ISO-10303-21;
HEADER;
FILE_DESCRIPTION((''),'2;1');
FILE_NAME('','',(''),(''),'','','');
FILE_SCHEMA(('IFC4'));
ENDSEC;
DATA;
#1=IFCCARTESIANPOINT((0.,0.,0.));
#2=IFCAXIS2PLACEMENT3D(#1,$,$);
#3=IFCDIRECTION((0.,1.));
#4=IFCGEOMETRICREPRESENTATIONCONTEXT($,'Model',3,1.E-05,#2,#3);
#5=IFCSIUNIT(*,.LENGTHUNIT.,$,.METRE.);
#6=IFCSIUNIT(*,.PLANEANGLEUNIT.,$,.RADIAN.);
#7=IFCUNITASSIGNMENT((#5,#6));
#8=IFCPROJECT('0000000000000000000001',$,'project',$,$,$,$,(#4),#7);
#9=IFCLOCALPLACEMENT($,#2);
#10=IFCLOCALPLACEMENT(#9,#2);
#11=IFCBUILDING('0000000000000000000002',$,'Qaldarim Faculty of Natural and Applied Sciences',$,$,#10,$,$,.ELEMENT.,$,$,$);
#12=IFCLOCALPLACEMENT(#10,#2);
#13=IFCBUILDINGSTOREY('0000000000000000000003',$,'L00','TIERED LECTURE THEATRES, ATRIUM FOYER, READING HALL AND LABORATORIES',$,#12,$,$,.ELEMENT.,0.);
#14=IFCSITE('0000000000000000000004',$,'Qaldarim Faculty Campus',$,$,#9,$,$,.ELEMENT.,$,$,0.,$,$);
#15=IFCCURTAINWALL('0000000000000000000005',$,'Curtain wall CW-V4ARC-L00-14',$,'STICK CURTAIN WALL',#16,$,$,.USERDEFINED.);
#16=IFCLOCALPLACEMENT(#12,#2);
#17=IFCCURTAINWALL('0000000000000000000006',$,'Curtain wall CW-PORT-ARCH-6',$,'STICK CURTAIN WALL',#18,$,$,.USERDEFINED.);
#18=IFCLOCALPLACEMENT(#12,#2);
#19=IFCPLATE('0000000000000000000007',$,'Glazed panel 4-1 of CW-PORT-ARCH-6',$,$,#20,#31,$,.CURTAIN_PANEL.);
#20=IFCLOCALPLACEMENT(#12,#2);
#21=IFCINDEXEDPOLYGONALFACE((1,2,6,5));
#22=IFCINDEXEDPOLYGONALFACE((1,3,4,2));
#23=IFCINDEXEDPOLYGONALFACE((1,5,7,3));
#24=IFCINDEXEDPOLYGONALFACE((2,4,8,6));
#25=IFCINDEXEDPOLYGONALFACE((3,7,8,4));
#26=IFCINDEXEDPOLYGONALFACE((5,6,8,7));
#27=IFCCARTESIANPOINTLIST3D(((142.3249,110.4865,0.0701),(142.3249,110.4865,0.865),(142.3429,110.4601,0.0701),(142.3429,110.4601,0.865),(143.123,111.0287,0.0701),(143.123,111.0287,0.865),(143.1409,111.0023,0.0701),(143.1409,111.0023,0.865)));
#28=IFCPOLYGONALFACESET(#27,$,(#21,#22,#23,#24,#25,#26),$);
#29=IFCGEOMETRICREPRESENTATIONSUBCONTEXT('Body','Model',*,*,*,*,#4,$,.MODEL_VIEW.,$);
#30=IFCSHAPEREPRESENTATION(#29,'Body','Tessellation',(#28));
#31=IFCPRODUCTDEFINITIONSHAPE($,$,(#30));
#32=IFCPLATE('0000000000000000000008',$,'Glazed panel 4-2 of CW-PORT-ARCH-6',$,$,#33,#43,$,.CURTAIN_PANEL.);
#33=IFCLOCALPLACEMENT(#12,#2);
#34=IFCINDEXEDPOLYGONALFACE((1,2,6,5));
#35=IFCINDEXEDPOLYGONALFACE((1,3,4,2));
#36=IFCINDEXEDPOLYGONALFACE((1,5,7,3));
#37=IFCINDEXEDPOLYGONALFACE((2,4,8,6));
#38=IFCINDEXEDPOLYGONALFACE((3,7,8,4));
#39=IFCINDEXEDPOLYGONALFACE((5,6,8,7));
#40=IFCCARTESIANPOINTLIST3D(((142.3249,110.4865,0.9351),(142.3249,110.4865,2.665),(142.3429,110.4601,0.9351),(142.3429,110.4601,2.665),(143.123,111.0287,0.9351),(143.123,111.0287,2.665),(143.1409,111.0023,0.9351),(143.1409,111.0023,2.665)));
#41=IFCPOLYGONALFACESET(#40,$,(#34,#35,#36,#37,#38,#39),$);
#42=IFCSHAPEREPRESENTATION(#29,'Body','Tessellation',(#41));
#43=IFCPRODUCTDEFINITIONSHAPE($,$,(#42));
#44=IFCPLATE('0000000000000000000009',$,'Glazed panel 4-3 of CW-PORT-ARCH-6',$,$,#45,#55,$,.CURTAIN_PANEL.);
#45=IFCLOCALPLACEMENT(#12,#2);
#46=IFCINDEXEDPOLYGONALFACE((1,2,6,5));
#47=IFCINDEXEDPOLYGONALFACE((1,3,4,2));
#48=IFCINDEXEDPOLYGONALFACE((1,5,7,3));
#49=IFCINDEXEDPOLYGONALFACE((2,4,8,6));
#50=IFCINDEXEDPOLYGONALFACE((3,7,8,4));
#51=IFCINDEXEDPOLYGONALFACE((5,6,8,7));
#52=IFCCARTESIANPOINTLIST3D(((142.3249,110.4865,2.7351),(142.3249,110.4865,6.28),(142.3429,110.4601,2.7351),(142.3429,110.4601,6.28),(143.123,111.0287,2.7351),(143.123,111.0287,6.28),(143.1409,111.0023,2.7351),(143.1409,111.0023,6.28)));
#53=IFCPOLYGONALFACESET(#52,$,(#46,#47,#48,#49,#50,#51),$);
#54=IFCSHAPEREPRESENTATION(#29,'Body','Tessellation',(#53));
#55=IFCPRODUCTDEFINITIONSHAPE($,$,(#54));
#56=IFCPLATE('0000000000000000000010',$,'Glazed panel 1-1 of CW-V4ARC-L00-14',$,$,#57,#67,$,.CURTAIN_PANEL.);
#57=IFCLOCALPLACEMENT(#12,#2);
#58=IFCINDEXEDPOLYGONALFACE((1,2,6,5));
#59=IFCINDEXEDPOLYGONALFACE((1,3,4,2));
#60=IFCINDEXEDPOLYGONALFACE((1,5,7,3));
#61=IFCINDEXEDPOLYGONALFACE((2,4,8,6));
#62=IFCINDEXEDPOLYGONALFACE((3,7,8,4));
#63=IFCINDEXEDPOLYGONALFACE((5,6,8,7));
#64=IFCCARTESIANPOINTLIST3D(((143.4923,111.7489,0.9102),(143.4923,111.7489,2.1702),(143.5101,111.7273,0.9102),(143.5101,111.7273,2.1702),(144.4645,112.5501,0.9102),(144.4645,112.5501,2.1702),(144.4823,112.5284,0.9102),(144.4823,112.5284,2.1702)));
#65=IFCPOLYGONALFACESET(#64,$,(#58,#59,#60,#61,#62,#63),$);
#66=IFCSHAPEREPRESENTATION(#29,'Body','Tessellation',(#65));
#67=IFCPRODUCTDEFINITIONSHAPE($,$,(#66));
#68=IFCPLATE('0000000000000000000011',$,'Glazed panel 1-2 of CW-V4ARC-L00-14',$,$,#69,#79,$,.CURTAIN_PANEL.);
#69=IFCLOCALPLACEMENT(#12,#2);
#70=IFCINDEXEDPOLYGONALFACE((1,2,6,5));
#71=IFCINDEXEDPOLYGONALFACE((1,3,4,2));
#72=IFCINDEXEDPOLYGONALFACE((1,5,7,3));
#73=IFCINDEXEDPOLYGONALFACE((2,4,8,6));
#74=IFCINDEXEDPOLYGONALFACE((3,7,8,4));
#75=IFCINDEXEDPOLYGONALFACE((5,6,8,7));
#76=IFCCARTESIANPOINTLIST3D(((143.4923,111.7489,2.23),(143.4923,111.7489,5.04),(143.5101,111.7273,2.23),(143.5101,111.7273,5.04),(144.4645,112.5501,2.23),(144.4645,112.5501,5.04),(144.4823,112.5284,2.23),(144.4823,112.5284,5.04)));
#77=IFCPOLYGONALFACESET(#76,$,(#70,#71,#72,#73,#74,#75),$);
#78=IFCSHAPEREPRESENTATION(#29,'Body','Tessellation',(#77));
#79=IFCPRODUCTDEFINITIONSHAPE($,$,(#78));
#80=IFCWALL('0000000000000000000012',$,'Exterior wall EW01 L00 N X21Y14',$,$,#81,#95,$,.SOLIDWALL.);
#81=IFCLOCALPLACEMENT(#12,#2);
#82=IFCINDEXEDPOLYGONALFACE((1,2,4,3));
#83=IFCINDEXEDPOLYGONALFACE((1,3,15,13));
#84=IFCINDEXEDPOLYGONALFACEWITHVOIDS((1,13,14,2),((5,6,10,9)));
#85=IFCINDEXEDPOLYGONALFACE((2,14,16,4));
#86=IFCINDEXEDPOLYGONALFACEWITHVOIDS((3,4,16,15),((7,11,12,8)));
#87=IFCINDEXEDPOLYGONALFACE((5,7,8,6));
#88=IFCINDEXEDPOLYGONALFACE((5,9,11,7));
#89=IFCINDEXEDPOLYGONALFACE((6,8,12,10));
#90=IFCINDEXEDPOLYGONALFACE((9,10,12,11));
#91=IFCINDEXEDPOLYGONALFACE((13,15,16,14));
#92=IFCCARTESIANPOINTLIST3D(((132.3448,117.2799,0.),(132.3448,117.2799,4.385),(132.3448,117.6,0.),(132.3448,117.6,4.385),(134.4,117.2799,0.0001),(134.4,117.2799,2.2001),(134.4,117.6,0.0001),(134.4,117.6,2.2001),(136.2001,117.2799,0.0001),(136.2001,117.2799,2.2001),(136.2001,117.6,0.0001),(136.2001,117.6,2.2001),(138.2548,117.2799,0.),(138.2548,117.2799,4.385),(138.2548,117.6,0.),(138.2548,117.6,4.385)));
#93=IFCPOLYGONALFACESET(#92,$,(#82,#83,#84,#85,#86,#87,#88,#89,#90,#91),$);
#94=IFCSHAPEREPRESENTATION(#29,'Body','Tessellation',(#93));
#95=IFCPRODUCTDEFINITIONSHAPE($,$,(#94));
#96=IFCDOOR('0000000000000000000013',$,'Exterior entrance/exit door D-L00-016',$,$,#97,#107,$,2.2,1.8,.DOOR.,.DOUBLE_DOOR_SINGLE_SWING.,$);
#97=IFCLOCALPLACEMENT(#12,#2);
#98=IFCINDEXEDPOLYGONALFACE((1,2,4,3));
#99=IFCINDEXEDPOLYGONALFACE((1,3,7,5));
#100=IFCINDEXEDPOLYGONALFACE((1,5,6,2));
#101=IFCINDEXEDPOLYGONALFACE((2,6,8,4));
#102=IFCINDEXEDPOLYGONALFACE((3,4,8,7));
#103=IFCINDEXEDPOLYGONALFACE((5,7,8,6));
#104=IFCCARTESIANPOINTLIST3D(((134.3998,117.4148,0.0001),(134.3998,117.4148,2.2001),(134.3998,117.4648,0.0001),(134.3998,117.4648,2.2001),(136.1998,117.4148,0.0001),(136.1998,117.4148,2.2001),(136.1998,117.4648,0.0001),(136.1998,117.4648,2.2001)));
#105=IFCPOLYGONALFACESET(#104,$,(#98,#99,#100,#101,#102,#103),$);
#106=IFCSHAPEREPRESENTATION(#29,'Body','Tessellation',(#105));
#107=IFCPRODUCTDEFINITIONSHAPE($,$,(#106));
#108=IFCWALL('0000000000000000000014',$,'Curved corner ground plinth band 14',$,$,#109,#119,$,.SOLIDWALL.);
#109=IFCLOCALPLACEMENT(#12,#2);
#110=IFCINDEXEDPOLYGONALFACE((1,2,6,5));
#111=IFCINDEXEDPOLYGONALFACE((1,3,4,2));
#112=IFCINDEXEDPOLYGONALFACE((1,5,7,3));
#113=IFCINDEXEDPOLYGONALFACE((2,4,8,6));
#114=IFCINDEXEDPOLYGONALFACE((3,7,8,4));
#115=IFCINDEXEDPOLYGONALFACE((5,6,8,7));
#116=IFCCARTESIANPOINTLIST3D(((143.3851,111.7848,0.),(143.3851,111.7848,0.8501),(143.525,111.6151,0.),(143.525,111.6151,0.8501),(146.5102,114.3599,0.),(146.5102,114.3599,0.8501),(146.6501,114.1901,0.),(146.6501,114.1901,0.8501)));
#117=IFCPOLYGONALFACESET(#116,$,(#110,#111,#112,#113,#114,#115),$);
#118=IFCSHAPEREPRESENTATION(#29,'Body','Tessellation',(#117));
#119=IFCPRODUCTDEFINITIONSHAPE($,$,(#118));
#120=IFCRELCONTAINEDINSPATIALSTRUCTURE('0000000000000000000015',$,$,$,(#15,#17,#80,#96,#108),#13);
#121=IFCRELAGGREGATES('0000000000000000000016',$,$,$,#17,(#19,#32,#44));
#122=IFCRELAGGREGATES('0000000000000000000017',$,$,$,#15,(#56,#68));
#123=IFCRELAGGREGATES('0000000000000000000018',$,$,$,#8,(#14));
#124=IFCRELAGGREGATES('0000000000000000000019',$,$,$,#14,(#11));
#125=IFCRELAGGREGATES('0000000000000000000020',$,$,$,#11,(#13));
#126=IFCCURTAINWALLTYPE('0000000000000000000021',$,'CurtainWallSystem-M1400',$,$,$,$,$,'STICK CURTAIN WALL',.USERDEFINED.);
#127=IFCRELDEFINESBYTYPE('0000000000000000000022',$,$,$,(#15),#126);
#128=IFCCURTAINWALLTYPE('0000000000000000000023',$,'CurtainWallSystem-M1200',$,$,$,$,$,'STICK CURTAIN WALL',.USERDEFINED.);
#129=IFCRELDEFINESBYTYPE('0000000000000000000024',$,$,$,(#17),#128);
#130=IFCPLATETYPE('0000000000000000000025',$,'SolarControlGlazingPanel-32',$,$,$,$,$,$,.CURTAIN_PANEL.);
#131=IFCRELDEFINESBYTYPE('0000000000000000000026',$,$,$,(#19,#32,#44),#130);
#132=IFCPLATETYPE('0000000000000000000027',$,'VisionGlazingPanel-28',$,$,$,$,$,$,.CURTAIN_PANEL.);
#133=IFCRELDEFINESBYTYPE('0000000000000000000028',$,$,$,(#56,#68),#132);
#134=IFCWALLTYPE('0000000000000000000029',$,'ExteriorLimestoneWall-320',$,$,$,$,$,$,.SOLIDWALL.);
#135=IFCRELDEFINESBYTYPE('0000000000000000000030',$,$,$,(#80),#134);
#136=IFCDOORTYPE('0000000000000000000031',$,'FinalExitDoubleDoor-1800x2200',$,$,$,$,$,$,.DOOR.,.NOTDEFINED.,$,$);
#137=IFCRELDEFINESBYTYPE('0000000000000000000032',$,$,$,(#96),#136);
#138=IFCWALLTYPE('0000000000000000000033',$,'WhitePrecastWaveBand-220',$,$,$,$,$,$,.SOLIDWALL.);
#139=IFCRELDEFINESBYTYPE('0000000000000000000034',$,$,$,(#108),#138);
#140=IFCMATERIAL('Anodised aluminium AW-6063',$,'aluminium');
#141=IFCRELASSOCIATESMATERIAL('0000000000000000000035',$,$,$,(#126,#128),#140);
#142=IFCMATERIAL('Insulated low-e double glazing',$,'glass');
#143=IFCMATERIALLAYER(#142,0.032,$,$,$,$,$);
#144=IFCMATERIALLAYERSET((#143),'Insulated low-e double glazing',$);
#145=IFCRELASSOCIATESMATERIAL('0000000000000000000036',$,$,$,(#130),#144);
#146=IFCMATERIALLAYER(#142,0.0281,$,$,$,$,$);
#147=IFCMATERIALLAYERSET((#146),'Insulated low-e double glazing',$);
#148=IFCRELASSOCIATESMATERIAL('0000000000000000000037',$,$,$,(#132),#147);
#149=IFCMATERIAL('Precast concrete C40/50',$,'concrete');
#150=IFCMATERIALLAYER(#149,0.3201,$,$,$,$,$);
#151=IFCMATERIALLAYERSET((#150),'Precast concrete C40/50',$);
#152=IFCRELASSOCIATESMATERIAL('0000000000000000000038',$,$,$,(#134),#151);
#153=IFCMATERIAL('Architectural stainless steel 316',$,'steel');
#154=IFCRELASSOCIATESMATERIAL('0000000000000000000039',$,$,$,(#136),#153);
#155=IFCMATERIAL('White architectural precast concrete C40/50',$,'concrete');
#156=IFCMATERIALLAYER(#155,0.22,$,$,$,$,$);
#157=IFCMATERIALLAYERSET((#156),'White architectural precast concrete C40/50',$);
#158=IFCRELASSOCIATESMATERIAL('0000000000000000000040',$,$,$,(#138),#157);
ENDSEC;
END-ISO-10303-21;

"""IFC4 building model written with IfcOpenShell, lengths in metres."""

from ifc_helpers import new_model, si_unit, direction, frame, frame_2d, origin, origin_2d, place, context, subcontext, project, spatial, rectangle, extrude, material, layer, layer_set, type_object, element, fill, aggregate, save


model = new_model("IFC4")

# Units and contexts
model_context = context("Model", 3, precision=1e-05, world=origin(), true_north=direction((0.0, 1.0)))
body_context = subcontext(model_context, "Body", "Model", "MODEL_VIEW")
ifc_project = project(units=[si_unit("LENGTHUNIT", "METRE"), si_unit("PLANEANGLEUNIT", "RADIAN")], contexts=[model_context])

# Site, building, storey
site_placement = place(None, origin())
site = spatial("IfcSite", under=ifc_project, at=site_placement, Name="Qaldarim Faculty Campus", CompositionType="ELEMENT", RefElevation=0.0)
building_placement = place(site_placement, origin())
building = spatial("IfcBuilding", under=site, at=building_placement, Name="Qaldarim Faculty of Natural and Applied Sciences", CompositionType="ELEMENT")
storey_placement = place(building_placement, origin())
storey = spatial("IfcBuildingStorey", under=building, at=storey_placement, Name="L00", Description="TIERED LECTURE THEATRES, ATRIUM FOYER, READING HALL AND LABORATORIES", CompositionType="ELEMENT", Elevation=0.0)

# Curtain walls
ifc_material_1 = material(Name="Anodised aluminium AW-6063", Category="aluminium")
curtain_wall_type_1 = type_object("IfcCurtainWallType", Name="CurtainWallSystem-M1400", ElementType="STICK CURTAIN WALL", PredefinedType="USERDEFINED", material=ifc_material_1)
curtain_wall_1_placement = place(storey_placement, origin())
curtain_wall_1 = element("IfcCurtainWall", 1, at=curtain_wall_1_placement, inside=storey, type_object=curtain_wall_type_1, Name="Curtain wall CW-V4ARC-L00-14", ObjectType="STICK CURTAIN WALL", PredefinedType="USERDEFINED")
curtain_wall_type_2 = type_object("IfcCurtainWallType", Name="CurtainWallSystem-M1200", ElementType="STICK CURTAIN WALL", PredefinedType="USERDEFINED", material=ifc_material_1)
curtain_wall_2_placement = place(storey_placement, origin())
curtain_wall_2 = element("IfcCurtainWall", 2, at=curtain_wall_2_placement, inside=storey, type_object=curtain_wall_type_2, Name="Curtain wall CW-PORT-ARCH-6", ObjectType="STICK CURTAIN WALL", PredefinedType="USERDEFINED")

# Plates
ifc_material_2 = material(Name="Insulated low-e double glazing", Category="glass")
ifc_layer_1 = layer(ifc_material_2, 0.032)
ifc_layer_set_1 = layer_set([ifc_layer_1], Name="Insulated low-e double glazing")
plate_type_1 = type_object("IfcPlateType", Name="SolarControlGlazingPanel-32", PredefinedType="CURTAIN_PANEL", material=ifc_layer_set_1)
plate_1_placement = place(storey_placement, frame((142.7329, 110.7444, 0.0701), z_axis=(0.0, 0.0, 1.0), x_axis=(0.827169, 0.561953, 0.0)))
plate_1 = element("IfcPlate", 3, at=plate_1_placement, type_object=plate_type_1, Name="Glazed panel 4-1 of CW-PORT-ARCH-6", PredefinedType="CURTAIN_PANEL", context=body_context, shape_type="SweptSolid", body=[
    extrude(rectangle(XDim=0.9648, YDim=0.032, at=origin_2d()), origin(), (0.0, 0.0, 1.0), 0.7949),
])
plate_2_placement = place(storey_placement, frame((142.7329, 110.7444, 0.9351), z_axis=(0.0, 0.0, 1.0), x_axis=(0.827169, 0.561953, 0.0)))
plate_2 = element("IfcPlate", 4, at=plate_2_placement, type_object=plate_type_1, Name="Glazed panel 4-2 of CW-PORT-ARCH-6", PredefinedType="CURTAIN_PANEL", context=body_context, shape_type="SweptSolid", body=[
    extrude(rectangle(XDim=0.9648, YDim=0.032, at=origin_2d()), origin(), (0.0, 0.0, 1.0), 1.73),
])
plate_3_placement = place(storey_placement, frame((142.7329, 110.7444, 2.7351), z_axis=(0.0, 0.0, 1.0), x_axis=(0.827169, 0.561953, 0.0)))
plate_3 = element("IfcPlate", 5, at=plate_3_placement, type_object=plate_type_1, Name="Glazed panel 4-3 of CW-PORT-ARCH-6", PredefinedType="CURTAIN_PANEL", context=body_context, shape_type="SweptSolid", body=[
    extrude(rectangle(XDim=0.9648, YDim=0.032, at=origin_2d()), origin(), (0.0, 0.0, 1.0), 3.5449),
])
aggregate(curtain_wall_2, [plate_1, plate_2, plate_3])
ifc_layer_2 = layer(ifc_material_2, 0.0281)
ifc_layer_set_2 = layer_set([ifc_layer_2], Name="Insulated low-e double glazing")
plate_type_2 = type_object("IfcPlateType", Name="VisionGlazingPanel-28", PredefinedType="CURTAIN_PANEL", material=ifc_layer_set_2)
plate_4_placement = place(storey_placement, frame((143.9873, 112.1387, 0.9102), z_axis=(0.0, 0.0, 1.0), x_axis=(0.771747, 0.63593, 0.0)))
plate_4 = element("IfcPlate", 6, at=plate_4_placement, type_object=plate_type_2, Name="Glazed panel 1-1 of CW-V4ARC-L00-14", PredefinedType="CURTAIN_PANEL", context=body_context, shape_type="SweptSolid", body=[
    extrude(rectangle(XDim=1.2598, YDim=0.0281, at=origin_2d()), origin(), (0.0, 0.0, 1.0), 1.26),
])
plate_5_placement = place(storey_placement, frame((143.9873, 112.1387, 2.23), z_axis=(0.0, 0.0, 1.0), x_axis=(0.771747, 0.63593, 0.0)))
plate_5 = element("IfcPlate", 7, at=plate_5_placement, type_object=plate_type_2, Name="Glazed panel 1-2 of CW-V4ARC-L00-14", PredefinedType="CURTAIN_PANEL", context=body_context, shape_type="SweptSolid", body=[
    extrude(rectangle(XDim=1.2598, YDim=0.0281, at=origin_2d()), origin(), (0.0, 0.0, 1.0), 2.8101),
])
aggregate(curtain_wall_1, [plate_4, plate_5])

# Wall, opening, door
ifc_material_3 = material(Name="Precast concrete C40/50", Category="concrete")
ifc_layer_3 = layer(ifc_material_3, 0.3201)
ifc_layer_set_3 = layer_set([ifc_layer_3], Name="Precast concrete C40/50")
wall_type_1 = type_object("IfcWallType", Name="ExteriorLimestoneWall-320", PredefinedType="SOLIDWALL", material=ifc_layer_set_3)
wall_1_placement = place(storey_placement, frame((138.2549, 117.4399, 0.0), z_axis=(0.0, 0.0, 1.0), x_axis=(-1.0, 0.0, 0.0)))
wall_1 = element("IfcWall", 8, at=wall_1_placement, inside=storey, type_object=wall_type_1, Name="Exterior wall EW01 L00 N X21Y14", PredefinedType="SOLIDWALL", context=body_context, shape_type="SweptSolid", body=[
    extrude(rectangle(XDim=5.9099, YDim=0.3201, at=frame_2d((2.9551, 0.0))), origin(), (0.0, 0.0, 1.0), 4.385),
])
opening_placement = place(wall_1_placement, frame((2.0549, 0.0, 0.0)))
opening = element("IfcOpeningElement", 9, at=opening_placement, cuts=wall_1, PredefinedType="OPENING", context=body_context, shape_type="SweptSolid", body=[
    extrude(rectangle(XDim=1.8, YDim=2.2, at=frame_2d((0.8999, 1.1001))), frame((0.0, 0.1699, 0.0), z_axis=(0.0, -1.0, 0.0), x_axis=(1.0, 0.0, 0.0)), (0.0, 0.0, 1.0), 0.3401),
])
ifc_material_4 = material(Name="Architectural stainless steel 316", Category="steel")
door_type = type_object("IfcDoorType", Name="FinalExitDoubleDoor-1800x2200", OperationType="NOTDEFINED", PredefinedType="DOOR", material=ifc_material_4)
door_placement = place(opening_placement, frame((1.8, 0.0, 0.0), z_axis=(0.0, 0.0, 1.0), x_axis=(-1.0, 0.0, 0.0)))
door = element("IfcDoor", 10, at=door_placement, inside=storey, type_object=door_type, Name="Exterior entrance/exit door D-L00-016", OperationType="DOUBLE_DOOR_SINGLE_SWING", OverallHeight=2.2, OverallWidth=1.8, PredefinedType="DOOR", context=body_context, shape_type="SweptSolid", body=[
    extrude(rectangle(XDim=1.8, YDim=2.2, at=frame_2d((0.8999, 1.1001))), frame((0.0, 0.0249, 0.0), z_axis=(0.0, -1.0, 0.0), x_axis=(1.0, 0.0, 0.0)), (0.0, 0.0, 1.0), 0.05),
])
fill(opening, door)

# Wall
ifc_material_5 = material(Name="White architectural precast concrete C40/50", Category="concrete")
ifc_layer_4 = layer(ifc_material_5, 0.22)
ifc_layer_set_4 = layer_set([ifc_layer_4], Name="White architectural precast concrete C40/50")
wall_type_2 = type_object("IfcWallType", Name="WhitePrecastWaveBand-220", PredefinedType="SOLIDWALL", material=ifc_layer_set_4)
wall_2_placement = place(storey_placement, frame((143.4551, 111.7, 0.0), z_axis=(0.0, 0.0, 1.0), x_axis=(0.771758, 0.635916, 0.0)))
element("IfcWall", 11, at=wall_2_placement, inside=storey, type_object=wall_type_2, Name="Curved corner ground plinth band 14", PredefinedType="SOLIDWALL", context=body_context, shape_type="SweptSolid", body=[
    extrude(rectangle(XDim=4.0493, YDim=0.22, at=frame_2d((2.0247, 0.0))), origin(), (0.0, 0.0, 1.0), 0.8501),
])

save(model, "model.ifc")
